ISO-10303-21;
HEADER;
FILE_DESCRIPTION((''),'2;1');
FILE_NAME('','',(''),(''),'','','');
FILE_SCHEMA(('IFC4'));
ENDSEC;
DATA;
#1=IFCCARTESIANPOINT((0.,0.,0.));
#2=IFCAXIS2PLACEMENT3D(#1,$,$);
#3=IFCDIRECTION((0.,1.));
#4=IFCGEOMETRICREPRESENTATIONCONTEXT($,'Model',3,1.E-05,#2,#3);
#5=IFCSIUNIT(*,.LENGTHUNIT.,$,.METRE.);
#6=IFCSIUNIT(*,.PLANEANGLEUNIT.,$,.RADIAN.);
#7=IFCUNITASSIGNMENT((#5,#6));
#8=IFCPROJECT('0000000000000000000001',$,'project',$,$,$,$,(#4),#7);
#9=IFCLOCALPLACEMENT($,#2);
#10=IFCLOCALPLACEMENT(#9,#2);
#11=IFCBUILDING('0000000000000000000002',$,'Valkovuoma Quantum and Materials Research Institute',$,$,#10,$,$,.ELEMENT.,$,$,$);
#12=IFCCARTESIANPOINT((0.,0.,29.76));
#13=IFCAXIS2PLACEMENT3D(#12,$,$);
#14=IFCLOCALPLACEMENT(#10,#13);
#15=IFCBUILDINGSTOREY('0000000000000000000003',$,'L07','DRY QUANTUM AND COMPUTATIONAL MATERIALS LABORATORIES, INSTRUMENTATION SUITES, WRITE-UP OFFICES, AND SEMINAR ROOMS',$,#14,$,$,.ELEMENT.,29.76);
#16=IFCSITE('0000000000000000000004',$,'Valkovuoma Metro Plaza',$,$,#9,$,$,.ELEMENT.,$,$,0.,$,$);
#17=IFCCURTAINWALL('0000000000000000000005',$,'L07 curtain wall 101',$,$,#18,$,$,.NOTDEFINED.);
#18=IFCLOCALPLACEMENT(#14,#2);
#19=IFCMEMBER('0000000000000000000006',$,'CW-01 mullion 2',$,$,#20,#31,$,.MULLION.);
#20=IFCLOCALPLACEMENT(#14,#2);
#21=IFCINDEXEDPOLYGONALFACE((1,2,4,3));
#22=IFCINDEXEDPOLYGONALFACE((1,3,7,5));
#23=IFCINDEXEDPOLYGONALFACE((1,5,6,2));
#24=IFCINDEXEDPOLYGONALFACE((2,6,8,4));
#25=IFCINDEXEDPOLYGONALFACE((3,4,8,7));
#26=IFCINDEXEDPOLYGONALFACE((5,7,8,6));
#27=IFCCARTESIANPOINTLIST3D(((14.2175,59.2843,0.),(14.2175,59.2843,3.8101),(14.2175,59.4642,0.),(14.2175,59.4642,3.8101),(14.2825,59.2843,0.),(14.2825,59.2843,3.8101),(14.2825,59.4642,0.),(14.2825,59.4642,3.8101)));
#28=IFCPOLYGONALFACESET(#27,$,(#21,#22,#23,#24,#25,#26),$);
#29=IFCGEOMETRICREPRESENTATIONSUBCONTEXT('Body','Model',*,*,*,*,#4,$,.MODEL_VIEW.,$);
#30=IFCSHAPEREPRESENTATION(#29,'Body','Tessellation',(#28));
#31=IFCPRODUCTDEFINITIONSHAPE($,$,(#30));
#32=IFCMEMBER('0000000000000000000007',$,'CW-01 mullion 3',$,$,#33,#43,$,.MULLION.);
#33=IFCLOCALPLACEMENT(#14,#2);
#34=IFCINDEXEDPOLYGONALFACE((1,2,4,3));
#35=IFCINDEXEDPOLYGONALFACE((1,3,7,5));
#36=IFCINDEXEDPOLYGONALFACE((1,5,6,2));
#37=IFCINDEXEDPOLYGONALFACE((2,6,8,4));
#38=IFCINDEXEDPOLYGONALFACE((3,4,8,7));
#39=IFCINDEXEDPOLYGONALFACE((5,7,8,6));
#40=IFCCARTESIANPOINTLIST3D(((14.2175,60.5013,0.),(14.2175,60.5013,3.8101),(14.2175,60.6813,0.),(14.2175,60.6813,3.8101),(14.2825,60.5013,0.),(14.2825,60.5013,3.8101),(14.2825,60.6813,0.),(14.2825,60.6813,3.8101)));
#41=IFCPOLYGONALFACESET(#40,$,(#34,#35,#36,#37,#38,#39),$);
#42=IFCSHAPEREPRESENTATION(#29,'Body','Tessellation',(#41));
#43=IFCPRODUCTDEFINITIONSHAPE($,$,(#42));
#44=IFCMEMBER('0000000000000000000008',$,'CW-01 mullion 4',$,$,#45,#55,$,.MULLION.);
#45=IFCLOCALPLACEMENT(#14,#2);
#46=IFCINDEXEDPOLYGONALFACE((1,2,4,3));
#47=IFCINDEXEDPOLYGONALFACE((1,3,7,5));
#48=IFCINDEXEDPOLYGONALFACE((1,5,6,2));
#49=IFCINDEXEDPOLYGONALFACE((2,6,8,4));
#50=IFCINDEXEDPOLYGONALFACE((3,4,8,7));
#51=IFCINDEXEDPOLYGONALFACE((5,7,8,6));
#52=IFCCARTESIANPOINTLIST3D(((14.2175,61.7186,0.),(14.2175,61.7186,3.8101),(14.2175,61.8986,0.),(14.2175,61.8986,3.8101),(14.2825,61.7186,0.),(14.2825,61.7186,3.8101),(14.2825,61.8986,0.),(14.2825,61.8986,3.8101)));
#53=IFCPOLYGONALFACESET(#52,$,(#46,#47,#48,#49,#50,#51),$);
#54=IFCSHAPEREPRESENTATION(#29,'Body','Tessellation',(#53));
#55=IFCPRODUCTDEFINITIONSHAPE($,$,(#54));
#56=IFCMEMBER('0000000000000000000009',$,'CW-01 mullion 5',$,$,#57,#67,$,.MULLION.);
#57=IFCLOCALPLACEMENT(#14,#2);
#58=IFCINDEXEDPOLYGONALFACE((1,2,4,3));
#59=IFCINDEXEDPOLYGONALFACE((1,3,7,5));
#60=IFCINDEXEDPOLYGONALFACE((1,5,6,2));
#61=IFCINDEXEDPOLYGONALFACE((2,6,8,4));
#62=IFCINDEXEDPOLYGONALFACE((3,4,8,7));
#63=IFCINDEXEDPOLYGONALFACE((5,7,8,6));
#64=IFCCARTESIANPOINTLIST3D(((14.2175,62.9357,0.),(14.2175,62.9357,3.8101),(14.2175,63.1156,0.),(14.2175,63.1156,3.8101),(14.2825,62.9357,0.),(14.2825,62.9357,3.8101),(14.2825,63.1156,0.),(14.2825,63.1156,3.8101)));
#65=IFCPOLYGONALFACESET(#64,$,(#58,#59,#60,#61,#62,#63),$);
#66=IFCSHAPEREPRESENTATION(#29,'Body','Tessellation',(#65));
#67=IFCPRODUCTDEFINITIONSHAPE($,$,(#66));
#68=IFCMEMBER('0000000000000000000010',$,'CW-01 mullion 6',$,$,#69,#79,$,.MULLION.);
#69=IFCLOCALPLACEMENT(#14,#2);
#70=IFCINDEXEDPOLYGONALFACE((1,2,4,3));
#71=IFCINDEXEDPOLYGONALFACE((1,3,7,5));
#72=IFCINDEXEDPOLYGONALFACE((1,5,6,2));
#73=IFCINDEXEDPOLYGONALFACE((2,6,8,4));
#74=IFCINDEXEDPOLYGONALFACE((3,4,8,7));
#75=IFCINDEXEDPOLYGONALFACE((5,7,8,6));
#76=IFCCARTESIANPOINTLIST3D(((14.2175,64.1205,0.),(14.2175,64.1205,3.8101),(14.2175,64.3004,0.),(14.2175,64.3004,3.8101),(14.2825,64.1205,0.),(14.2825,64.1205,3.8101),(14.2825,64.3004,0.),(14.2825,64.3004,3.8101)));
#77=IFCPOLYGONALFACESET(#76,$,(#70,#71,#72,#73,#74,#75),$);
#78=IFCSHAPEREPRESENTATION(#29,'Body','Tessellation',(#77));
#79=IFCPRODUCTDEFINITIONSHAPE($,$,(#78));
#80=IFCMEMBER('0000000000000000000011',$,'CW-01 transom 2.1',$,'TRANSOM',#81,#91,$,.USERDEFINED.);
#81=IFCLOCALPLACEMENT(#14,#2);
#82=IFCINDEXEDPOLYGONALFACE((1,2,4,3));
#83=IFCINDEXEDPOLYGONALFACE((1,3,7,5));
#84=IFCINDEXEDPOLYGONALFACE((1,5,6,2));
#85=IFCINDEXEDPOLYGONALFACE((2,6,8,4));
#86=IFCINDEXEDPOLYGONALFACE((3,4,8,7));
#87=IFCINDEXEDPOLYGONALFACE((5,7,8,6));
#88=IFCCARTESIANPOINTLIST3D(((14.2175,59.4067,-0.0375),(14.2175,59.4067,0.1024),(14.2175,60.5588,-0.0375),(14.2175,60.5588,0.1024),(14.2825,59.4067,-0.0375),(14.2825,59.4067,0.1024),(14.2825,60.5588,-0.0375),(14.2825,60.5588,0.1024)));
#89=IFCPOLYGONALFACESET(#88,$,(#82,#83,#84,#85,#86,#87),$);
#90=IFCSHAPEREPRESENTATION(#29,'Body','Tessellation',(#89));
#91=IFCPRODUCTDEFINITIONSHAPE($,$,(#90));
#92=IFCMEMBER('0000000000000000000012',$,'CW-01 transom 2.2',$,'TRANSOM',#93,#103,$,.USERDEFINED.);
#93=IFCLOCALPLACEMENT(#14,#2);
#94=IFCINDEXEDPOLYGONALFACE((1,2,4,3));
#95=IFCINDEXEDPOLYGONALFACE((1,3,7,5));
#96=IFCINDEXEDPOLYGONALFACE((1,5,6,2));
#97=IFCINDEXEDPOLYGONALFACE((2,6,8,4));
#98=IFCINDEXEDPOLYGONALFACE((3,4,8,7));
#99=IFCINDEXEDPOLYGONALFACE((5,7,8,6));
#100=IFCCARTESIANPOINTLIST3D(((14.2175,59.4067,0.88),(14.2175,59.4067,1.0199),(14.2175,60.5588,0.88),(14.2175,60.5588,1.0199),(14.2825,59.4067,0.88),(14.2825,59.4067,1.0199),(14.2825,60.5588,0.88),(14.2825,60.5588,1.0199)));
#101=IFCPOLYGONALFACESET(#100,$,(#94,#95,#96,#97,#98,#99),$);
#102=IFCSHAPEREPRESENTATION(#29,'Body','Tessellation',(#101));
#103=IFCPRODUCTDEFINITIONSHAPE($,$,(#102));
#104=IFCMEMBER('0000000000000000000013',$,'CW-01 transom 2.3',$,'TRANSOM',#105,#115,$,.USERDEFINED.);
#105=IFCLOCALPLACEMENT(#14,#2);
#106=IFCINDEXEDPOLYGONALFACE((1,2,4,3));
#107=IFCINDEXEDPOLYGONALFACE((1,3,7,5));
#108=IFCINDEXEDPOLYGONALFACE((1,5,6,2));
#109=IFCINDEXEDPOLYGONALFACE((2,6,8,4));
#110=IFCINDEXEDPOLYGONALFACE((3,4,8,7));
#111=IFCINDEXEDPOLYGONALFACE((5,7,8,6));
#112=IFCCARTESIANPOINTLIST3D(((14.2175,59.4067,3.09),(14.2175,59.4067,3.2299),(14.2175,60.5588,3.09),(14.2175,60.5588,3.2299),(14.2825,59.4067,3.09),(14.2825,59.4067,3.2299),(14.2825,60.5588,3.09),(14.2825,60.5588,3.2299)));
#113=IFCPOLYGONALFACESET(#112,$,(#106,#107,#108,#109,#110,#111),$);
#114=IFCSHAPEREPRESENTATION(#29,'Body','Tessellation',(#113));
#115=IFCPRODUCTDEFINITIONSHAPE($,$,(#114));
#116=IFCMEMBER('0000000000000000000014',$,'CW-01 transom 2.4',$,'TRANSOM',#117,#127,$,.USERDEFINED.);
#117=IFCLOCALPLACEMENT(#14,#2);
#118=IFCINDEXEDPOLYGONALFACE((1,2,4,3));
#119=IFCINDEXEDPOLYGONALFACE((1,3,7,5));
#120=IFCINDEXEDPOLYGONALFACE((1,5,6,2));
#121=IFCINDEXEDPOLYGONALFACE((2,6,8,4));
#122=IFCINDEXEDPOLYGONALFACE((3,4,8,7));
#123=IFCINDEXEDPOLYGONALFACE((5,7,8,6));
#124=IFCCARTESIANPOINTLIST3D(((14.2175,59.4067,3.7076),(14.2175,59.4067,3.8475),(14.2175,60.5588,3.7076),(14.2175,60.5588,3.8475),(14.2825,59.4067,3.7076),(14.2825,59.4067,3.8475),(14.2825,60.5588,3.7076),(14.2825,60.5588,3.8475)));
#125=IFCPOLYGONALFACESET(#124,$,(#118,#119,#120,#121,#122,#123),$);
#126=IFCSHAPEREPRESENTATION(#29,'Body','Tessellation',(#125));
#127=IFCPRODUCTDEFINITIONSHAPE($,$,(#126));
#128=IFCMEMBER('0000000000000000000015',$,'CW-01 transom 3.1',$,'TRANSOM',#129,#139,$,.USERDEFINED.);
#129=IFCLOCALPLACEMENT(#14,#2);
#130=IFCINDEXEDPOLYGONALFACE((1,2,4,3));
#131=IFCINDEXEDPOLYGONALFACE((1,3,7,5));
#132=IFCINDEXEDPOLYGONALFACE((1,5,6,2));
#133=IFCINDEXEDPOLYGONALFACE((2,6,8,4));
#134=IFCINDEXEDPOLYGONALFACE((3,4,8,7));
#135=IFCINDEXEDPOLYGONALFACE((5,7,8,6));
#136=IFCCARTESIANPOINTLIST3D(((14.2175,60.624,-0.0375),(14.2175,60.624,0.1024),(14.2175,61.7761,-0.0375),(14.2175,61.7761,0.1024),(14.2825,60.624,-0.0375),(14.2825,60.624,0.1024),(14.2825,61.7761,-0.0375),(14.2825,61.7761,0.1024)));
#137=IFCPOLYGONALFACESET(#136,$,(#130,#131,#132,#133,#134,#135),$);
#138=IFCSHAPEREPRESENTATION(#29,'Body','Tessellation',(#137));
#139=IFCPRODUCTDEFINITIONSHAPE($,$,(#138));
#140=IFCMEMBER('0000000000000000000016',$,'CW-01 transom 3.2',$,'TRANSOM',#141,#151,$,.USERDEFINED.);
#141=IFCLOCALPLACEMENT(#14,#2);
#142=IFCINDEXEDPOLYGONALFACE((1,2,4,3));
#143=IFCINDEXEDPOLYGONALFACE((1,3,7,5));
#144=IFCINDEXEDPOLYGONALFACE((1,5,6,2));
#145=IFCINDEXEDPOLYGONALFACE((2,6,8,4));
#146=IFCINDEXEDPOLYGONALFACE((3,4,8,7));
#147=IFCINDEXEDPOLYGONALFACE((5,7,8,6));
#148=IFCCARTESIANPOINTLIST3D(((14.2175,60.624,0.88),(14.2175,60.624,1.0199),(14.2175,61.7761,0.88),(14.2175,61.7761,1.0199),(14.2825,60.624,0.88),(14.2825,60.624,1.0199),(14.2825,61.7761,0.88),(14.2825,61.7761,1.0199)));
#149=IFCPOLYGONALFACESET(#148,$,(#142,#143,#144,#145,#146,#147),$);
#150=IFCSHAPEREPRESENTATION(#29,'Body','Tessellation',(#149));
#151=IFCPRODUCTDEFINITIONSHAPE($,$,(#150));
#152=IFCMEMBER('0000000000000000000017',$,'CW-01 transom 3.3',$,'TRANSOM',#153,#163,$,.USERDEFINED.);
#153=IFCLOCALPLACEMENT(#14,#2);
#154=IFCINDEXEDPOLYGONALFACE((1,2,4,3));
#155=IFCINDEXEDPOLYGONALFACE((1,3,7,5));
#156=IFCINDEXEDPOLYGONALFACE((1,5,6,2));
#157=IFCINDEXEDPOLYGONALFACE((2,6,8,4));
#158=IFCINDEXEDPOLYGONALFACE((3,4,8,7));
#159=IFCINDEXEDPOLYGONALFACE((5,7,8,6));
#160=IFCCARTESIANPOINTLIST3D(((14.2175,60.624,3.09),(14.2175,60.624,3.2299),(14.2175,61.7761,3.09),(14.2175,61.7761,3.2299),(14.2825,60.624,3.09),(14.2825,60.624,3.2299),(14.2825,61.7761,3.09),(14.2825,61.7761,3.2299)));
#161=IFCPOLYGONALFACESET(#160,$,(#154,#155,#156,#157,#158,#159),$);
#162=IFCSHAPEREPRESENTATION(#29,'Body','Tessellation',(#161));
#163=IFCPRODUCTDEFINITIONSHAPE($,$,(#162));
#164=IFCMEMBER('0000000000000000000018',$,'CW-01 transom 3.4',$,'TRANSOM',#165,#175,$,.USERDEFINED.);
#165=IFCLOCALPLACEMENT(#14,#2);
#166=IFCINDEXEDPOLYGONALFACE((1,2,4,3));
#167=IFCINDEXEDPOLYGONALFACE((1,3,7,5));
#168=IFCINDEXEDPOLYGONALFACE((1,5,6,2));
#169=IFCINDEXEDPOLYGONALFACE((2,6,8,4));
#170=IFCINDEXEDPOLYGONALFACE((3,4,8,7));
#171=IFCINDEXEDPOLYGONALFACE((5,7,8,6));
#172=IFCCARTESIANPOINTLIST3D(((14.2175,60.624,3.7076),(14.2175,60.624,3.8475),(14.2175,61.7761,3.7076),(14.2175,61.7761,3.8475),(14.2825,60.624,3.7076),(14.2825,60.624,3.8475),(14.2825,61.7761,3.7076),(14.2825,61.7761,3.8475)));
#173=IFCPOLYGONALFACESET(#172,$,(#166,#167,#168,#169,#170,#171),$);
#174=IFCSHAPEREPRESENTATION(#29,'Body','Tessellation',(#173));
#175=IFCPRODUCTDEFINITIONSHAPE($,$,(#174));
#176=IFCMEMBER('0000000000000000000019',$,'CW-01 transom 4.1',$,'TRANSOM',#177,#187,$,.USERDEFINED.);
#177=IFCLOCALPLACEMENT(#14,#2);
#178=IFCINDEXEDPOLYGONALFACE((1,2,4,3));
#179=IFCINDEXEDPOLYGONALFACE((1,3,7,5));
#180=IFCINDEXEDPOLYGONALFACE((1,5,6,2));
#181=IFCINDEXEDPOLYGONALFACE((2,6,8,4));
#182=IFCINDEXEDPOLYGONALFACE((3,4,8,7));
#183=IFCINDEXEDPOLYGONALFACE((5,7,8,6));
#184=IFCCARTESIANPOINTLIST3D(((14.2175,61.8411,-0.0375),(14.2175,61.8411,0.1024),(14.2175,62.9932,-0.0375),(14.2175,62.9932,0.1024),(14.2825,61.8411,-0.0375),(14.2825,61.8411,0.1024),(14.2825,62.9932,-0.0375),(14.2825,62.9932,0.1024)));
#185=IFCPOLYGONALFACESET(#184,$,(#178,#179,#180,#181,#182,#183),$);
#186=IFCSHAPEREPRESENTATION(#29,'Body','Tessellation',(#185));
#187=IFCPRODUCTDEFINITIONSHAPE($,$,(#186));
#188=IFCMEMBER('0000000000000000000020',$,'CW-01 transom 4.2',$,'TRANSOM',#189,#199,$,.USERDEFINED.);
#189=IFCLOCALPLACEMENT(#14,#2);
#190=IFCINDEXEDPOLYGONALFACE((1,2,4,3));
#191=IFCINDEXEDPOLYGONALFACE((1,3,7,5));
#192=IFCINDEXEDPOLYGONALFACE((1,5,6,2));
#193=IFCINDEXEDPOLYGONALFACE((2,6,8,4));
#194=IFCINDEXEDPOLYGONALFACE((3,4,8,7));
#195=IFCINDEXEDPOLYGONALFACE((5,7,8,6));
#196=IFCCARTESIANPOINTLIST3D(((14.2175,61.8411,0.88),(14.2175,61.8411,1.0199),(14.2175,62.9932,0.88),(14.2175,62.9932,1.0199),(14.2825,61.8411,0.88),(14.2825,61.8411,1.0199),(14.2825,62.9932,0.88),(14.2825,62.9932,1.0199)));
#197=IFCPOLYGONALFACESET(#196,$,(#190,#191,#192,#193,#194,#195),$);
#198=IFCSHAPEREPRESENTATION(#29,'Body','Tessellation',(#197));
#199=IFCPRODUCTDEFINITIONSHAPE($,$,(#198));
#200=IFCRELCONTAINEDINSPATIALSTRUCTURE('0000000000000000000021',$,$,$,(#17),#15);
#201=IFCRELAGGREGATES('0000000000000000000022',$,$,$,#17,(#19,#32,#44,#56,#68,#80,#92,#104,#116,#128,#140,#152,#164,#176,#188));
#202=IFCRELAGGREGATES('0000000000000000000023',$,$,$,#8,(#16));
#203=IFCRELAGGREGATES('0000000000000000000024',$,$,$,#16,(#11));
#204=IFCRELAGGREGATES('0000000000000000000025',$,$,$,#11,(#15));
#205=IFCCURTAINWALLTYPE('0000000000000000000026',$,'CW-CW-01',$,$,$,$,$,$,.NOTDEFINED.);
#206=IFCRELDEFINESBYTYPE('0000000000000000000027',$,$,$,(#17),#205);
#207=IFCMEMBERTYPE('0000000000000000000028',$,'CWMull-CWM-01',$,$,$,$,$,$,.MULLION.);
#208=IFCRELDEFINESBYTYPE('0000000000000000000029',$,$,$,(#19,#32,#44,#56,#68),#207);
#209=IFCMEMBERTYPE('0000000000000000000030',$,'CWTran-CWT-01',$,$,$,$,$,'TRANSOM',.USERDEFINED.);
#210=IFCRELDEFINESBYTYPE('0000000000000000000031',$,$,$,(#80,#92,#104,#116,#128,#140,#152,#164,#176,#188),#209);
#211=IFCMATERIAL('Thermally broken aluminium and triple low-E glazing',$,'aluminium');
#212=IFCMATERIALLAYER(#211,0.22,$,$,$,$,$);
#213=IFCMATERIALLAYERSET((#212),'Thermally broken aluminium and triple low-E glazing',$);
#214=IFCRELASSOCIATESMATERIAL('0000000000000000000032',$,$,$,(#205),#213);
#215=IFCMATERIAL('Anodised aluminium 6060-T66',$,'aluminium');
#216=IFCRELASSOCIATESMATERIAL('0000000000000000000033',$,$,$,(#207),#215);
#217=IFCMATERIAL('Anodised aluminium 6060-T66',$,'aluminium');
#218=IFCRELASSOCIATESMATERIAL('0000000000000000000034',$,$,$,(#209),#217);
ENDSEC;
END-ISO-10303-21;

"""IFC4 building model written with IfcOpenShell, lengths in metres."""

from ifc_helpers import new_model, si_unit, direction, frame, origin, origin_2d, place, context, subcontext, project, spatial, rectangle, extrude, material, layer, layer_set, material_profile, profile_set, type_object, element, aggregate, save


model = new_model("IFC4")

# Units and contexts
model_context = context("Model", 3, precision=1e-05, world=origin(), true_north=direction((0.0, 1.0)))
body_context = subcontext(model_context, "Body", "Model", "MODEL_VIEW")
ifc_project = project(units=[si_unit("LENGTHUNIT", "METRE"), si_unit("PLANEANGLEUNIT", "RADIAN")], contexts=[model_context])

# Site, building, storey
site_placement = place(None, origin())
site = spatial("IfcSite", under=ifc_project, at=site_placement, Name="Valkovuoma Metro Plaza", CompositionType="ELEMENT", RefElevation=0.0)
building_placement = place(site_placement, origin())
building = spatial("IfcBuilding", under=site, at=building_placement, Name="Valkovuoma Quantum and Materials Research Institute", CompositionType="ELEMENT")
storey_placement = place(building_placement, frame((0.0, 0.0, 29.76)))
storey = spatial("IfcBuildingStorey", under=building, at=storey_placement, Name="L07", Description="DRY QUANTUM AND COMPUTATIONAL MATERIALS LABORATORIES, INSTRUMENTATION SUITES, WRITE-UP OFFICES, AND SEMINAR ROOMS", CompositionType="ELEMENT", Elevation=29.76)

# Curtain wall, members
ifc_material_1 = material(Name="Thermally broken aluminium and triple low-E glazing", Category="aluminium")
ifc_layer_1 = layer(ifc_material_1, 0.22)
ifc_layer_set_1 = layer_set([ifc_layer_1], Name="Thermally broken aluminium and triple low-E glazing")
curtain_wall_type = type_object("IfcCurtainWallType", Name="CW-CW-01", PredefinedType="NOTDEFINED", material=ifc_layer_set_1)
curtain_wall_placement = place(storey_placement, origin())
curtain_wall = element("IfcCurtainWall", 1, at=curtain_wall_placement, inside=storey, type_object=curtain_wall_type, Name="L07 curtain wall 101", PredefinedType="NOTDEFINED")
ifc_material_2 = material(Name="Anodised aluminium 6060-T66", Category="aluminium")
ifc_material_profile_1 = material_profile(ifc_material_2, rectangle(XDim=0.0649, YDim=0.1799, at=origin_2d()), Name="Anodised aluminium 6060-T66")
ifc_profile_set_1 = profile_set([ifc_material_profile_1], Name="Anodised aluminium 6060-T66")
member_type_1 = type_object("IfcMemberType", Name="CWMull-CWM-01", PredefinedType="MULLION", material=ifc_profile_set_1)
member_1_placement = place(storey_placement, frame((14.25, 59.3743, 0.0), z_axis=(0.0, 0.0, 1.0), x_axis=(-1.0, 0.0, 0.0)))
member_1 = element("IfcMember", 2, at=member_1_placement, type_object=member_type_1, Name="CW-01 mullion 2", PredefinedType="MULLION", context=body_context, shape_type="SweptSolid", body=[
    extrude(rectangle(XDim=0.0649, YDim=0.1799, at=origin_2d()), origin(), (0.0, 0.0, 1.0), 3.8101),
])
member_2_placement = place(storey_placement, frame((14.25, 60.5913, 0.0), z_axis=(0.0, 0.0, 1.0), x_axis=(-1.0, 0.0, 0.0)))
member_2 = element("IfcMember", 3, at=member_2_placement, type_object=member_type_1, Name="CW-01 mullion 3", PredefinedType="MULLION", context=body_context, shape_type="SweptSolid", body=[
    extrude(rectangle(XDim=0.0649, YDim=0.1799, at=origin_2d()), origin(), (0.0, 0.0, 1.0), 3.8101),
])
member_3_placement = place(storey_placement, frame((14.25, 61.8086, 0.0), z_axis=(0.0, 0.0, 1.0), x_axis=(-1.0, 0.0, 0.0)))
member_3 = element("IfcMember", 4, at=member_3_placement, type_object=member_type_1, Name="CW-01 mullion 4", PredefinedType="MULLION", context=body_context, shape_type="SweptSolid", body=[
    extrude(rectangle(XDim=0.0649, YDim=0.1799, at=origin_2d()), origin(), (0.0, 0.0, 1.0), 3.8101),
])
member_4_placement = place(storey_placement, frame((14.25, 63.0256, 0.0), z_axis=(0.0, 0.0, 1.0), x_axis=(-1.0, 0.0, 0.0)))
member_4 = element("IfcMember", 5, at=member_4_placement, type_object=member_type_1, Name="CW-01 mullion 5", PredefinedType="MULLION", context=body_context, shape_type="SweptSolid", body=[
    extrude(rectangle(XDim=0.0649, YDim=0.1799, at=origin_2d()), origin(), (0.0, 0.0, 1.0), 3.8101),
])
member_5_placement = place(storey_placement, frame((14.25, 64.2104, 0.0), z_axis=(0.0, 0.0, 1.0), x_axis=(-1.0, 0.0, 0.0)))
member_5 = element("IfcMember", 6, at=member_5_placement, type_object=member_type_1, Name="CW-01 mullion 6", PredefinedType="MULLION", context=body_context, shape_type="SweptSolid", body=[
    extrude(rectangle(XDim=0.0649, YDim=0.1799, at=origin_2d()), origin(), (0.0, 0.0, 1.0), 3.8101),
])
ifc_material_3 = material(Name="Anodised aluminium 6060-T66", Category="aluminium")
ifc_material_profile_2 = material_profile(ifc_material_3, rectangle(XDim=0.0649, YDim=0.1399, at=origin_2d()), Name="Anodised aluminium 6060-T66")
ifc_profile_set_2 = profile_set([ifc_material_profile_2], Name="Anodised aluminium 6060-T66")
member_type_2 = type_object("IfcMemberType", Name="CWTran-CWT-01", ElementType="TRANSOM", PredefinedType="USERDEFINED", material=ifc_profile_set_2)
member_6_placement = place(storey_placement, frame((14.25, 59.4067, 0.0325), z_axis=(0.0, 1.0, 0.0), x_axis=(-1.0, 0.0, 0.0)))
member_6 = element("IfcMember", 7, at=member_6_placement, type_object=member_type_2, Name="CW-01 transom 2.1", ObjectType="TRANSOM", PredefinedType="USERDEFINED", context=body_context, shape_type="SweptSolid", body=[
    extrude(rectangle(XDim=0.0649, YDim=0.1399, at=origin_2d()), origin(), (0.0, 0.0, 1.0), 1.1521),
])
member_7_placement = place(storey_placement, frame((14.25, 59.4067, 0.95), z_axis=(0.0, 1.0, 0.0), x_axis=(-1.0, 0.0, 0.0)))
member_7 = element("IfcMember", 8, at=member_7_placement, type_object=member_type_2, Name="CW-01 transom 2.2", ObjectType="TRANSOM", PredefinedType="USERDEFINED", context=body_context, shape_type="SweptSolid", body=[
    extrude(rectangle(XDim=0.0649, YDim=0.1399, at=origin_2d()), origin(), (0.0, 0.0, 1.0), 1.1521),
])
member_8_placement = place(storey_placement, frame((14.25, 59.4067, 3.1599), z_axis=(0.0, 1.0, 0.0), x_axis=(-1.0, 0.0, 0.0)))
member_8 = element("IfcMember", 9, at=member_8_placement, type_object=member_type_2, Name="CW-01 transom 2.3", ObjectType="TRANSOM", PredefinedType="USERDEFINED", context=body_context, shape_type="SweptSolid", body=[
    extrude(rectangle(XDim=0.0649, YDim=0.1399, at=origin_2d()), origin(), (0.0, 0.0, 1.0), 1.1521),
])
member_9_placement = place(storey_placement, frame((14.25, 59.4067, 3.7776), z_axis=(0.0, 1.0, 0.0), x_axis=(-1.0, 0.0, 0.0)))
member_9 = element("IfcMember", 10, at=member_9_placement, type_object=member_type_2, Name="CW-01 transom 2.4", ObjectType="TRANSOM", PredefinedType="USERDEFINED", context=body_context, shape_type="SweptSolid", body=[
    extrude(rectangle(XDim=0.0649, YDim=0.1399, at=origin_2d()), origin(), (0.0, 0.0, 1.0), 1.1521),
])
member_10_placement = place(storey_placement, frame((14.25, 60.624, 0.0325), z_axis=(0.0, 1.0, 0.0), x_axis=(-1.0, 0.0, 0.0)))
member_10 = element("IfcMember", 11, at=member_10_placement, type_object=member_type_2, Name="CW-01 transom 3.1", ObjectType="TRANSOM", PredefinedType="USERDEFINED", context=body_context, shape_type="SweptSolid", body=[
    extrude(rectangle(XDim=0.0649, YDim=0.1399, at=origin_2d()), origin(), (0.0, 0.0, 1.0), 1.1521),
])
member_11_placement = place(storey_placement, frame((14.25, 60.624, 0.95), z_axis=(0.0, 1.0, 0.0), x_axis=(-1.0, 0.0, 0.0)))
member_11 = element("IfcMember", 12, at=member_11_placement, type_object=member_type_2, Name="CW-01 transom 3.2", ObjectType="TRANSOM", PredefinedType="USERDEFINED", context=body_context, shape_type="SweptSolid", body=[
    extrude(rectangle(XDim=0.0649, YDim=0.1399, at=origin_2d()), origin(), (0.0, 0.0, 1.0), 1.1521),
])
member_12_placement = place(storey_placement, frame((14.25, 60.624, 3.1599), z_axis=(0.0, 1.0, 0.0), x_axis=(-1.0, 0.0, 0.0)))
member_12 = element("IfcMember", 13, at=member_12_placement, type_object=member_type_2, Name="CW-01 transom 3.3", ObjectType="TRANSOM", PredefinedType="USERDEFINED", context=body_context, shape_type="SweptSolid", body=[
    extrude(rectangle(XDim=0.0649, YDim=0.1399, at=origin_2d()), origin(), (0.0, 0.0, 1.0), 1.1521),
])
member_13_placement = place(storey_placement, frame((14.25, 60.624, 3.7776), z_axis=(0.0, 1.0, 0.0), x_axis=(-1.0, 0.0, 0.0)))
member_13 = element("IfcMember", 14, at=member_13_placement, type_object=member_type_2, Name="CW-01 transom 3.4", ObjectType="TRANSOM", PredefinedType="USERDEFINED", context=body_context, shape_type="SweptSolid", body=[
    extrude(rectangle(XDim=0.0649, YDim=0.1399, at=origin_2d()), origin(), (0.0, 0.0, 1.0), 1.1521),
])
member_14_placement = place(storey_placement, frame((14.25, 61.8411, 0.0325), z_axis=(0.0, 1.0, 0.0), x_axis=(-1.0, 0.0, 0.0)))
member_14 = element("IfcMember", 15, at=member_14_placement, type_object=member_type_2, Name="CW-01 transom 4.1", ObjectType="TRANSOM", PredefinedType="USERDEFINED", context=body_context, shape_type="SweptSolid", body=[
    extrude(rectangle(XDim=0.0649, YDim=0.1399, at=origin_2d()), origin(), (0.0, 0.0, 1.0), 1.1521),
])
member_15_placement = place(storey_placement, frame((14.25, 61.8411, 0.95), z_axis=(0.0, 1.0, 0.0), x_axis=(-1.0, 0.0, 0.0)))
member_15 = element("IfcMember", 16, at=member_15_placement, type_object=member_type_2, Name="CW-01 transom 4.2", ObjectType="TRANSOM", PredefinedType="USERDEFINED", context=body_context, shape_type="SweptSolid", body=[
    extrude(rectangle(XDim=0.0649, YDim=0.1399, at=origin_2d()), origin(), (0.0, 0.0, 1.0), 1.1521),
])
aggregate(curtain_wall, [member_1, member_2, member_3, member_4, member_5, member_6, member_7, member_8, member_9, member_10, member_11, member_12, member_13, member_14, member_15])

save(model, "model.ifc")
